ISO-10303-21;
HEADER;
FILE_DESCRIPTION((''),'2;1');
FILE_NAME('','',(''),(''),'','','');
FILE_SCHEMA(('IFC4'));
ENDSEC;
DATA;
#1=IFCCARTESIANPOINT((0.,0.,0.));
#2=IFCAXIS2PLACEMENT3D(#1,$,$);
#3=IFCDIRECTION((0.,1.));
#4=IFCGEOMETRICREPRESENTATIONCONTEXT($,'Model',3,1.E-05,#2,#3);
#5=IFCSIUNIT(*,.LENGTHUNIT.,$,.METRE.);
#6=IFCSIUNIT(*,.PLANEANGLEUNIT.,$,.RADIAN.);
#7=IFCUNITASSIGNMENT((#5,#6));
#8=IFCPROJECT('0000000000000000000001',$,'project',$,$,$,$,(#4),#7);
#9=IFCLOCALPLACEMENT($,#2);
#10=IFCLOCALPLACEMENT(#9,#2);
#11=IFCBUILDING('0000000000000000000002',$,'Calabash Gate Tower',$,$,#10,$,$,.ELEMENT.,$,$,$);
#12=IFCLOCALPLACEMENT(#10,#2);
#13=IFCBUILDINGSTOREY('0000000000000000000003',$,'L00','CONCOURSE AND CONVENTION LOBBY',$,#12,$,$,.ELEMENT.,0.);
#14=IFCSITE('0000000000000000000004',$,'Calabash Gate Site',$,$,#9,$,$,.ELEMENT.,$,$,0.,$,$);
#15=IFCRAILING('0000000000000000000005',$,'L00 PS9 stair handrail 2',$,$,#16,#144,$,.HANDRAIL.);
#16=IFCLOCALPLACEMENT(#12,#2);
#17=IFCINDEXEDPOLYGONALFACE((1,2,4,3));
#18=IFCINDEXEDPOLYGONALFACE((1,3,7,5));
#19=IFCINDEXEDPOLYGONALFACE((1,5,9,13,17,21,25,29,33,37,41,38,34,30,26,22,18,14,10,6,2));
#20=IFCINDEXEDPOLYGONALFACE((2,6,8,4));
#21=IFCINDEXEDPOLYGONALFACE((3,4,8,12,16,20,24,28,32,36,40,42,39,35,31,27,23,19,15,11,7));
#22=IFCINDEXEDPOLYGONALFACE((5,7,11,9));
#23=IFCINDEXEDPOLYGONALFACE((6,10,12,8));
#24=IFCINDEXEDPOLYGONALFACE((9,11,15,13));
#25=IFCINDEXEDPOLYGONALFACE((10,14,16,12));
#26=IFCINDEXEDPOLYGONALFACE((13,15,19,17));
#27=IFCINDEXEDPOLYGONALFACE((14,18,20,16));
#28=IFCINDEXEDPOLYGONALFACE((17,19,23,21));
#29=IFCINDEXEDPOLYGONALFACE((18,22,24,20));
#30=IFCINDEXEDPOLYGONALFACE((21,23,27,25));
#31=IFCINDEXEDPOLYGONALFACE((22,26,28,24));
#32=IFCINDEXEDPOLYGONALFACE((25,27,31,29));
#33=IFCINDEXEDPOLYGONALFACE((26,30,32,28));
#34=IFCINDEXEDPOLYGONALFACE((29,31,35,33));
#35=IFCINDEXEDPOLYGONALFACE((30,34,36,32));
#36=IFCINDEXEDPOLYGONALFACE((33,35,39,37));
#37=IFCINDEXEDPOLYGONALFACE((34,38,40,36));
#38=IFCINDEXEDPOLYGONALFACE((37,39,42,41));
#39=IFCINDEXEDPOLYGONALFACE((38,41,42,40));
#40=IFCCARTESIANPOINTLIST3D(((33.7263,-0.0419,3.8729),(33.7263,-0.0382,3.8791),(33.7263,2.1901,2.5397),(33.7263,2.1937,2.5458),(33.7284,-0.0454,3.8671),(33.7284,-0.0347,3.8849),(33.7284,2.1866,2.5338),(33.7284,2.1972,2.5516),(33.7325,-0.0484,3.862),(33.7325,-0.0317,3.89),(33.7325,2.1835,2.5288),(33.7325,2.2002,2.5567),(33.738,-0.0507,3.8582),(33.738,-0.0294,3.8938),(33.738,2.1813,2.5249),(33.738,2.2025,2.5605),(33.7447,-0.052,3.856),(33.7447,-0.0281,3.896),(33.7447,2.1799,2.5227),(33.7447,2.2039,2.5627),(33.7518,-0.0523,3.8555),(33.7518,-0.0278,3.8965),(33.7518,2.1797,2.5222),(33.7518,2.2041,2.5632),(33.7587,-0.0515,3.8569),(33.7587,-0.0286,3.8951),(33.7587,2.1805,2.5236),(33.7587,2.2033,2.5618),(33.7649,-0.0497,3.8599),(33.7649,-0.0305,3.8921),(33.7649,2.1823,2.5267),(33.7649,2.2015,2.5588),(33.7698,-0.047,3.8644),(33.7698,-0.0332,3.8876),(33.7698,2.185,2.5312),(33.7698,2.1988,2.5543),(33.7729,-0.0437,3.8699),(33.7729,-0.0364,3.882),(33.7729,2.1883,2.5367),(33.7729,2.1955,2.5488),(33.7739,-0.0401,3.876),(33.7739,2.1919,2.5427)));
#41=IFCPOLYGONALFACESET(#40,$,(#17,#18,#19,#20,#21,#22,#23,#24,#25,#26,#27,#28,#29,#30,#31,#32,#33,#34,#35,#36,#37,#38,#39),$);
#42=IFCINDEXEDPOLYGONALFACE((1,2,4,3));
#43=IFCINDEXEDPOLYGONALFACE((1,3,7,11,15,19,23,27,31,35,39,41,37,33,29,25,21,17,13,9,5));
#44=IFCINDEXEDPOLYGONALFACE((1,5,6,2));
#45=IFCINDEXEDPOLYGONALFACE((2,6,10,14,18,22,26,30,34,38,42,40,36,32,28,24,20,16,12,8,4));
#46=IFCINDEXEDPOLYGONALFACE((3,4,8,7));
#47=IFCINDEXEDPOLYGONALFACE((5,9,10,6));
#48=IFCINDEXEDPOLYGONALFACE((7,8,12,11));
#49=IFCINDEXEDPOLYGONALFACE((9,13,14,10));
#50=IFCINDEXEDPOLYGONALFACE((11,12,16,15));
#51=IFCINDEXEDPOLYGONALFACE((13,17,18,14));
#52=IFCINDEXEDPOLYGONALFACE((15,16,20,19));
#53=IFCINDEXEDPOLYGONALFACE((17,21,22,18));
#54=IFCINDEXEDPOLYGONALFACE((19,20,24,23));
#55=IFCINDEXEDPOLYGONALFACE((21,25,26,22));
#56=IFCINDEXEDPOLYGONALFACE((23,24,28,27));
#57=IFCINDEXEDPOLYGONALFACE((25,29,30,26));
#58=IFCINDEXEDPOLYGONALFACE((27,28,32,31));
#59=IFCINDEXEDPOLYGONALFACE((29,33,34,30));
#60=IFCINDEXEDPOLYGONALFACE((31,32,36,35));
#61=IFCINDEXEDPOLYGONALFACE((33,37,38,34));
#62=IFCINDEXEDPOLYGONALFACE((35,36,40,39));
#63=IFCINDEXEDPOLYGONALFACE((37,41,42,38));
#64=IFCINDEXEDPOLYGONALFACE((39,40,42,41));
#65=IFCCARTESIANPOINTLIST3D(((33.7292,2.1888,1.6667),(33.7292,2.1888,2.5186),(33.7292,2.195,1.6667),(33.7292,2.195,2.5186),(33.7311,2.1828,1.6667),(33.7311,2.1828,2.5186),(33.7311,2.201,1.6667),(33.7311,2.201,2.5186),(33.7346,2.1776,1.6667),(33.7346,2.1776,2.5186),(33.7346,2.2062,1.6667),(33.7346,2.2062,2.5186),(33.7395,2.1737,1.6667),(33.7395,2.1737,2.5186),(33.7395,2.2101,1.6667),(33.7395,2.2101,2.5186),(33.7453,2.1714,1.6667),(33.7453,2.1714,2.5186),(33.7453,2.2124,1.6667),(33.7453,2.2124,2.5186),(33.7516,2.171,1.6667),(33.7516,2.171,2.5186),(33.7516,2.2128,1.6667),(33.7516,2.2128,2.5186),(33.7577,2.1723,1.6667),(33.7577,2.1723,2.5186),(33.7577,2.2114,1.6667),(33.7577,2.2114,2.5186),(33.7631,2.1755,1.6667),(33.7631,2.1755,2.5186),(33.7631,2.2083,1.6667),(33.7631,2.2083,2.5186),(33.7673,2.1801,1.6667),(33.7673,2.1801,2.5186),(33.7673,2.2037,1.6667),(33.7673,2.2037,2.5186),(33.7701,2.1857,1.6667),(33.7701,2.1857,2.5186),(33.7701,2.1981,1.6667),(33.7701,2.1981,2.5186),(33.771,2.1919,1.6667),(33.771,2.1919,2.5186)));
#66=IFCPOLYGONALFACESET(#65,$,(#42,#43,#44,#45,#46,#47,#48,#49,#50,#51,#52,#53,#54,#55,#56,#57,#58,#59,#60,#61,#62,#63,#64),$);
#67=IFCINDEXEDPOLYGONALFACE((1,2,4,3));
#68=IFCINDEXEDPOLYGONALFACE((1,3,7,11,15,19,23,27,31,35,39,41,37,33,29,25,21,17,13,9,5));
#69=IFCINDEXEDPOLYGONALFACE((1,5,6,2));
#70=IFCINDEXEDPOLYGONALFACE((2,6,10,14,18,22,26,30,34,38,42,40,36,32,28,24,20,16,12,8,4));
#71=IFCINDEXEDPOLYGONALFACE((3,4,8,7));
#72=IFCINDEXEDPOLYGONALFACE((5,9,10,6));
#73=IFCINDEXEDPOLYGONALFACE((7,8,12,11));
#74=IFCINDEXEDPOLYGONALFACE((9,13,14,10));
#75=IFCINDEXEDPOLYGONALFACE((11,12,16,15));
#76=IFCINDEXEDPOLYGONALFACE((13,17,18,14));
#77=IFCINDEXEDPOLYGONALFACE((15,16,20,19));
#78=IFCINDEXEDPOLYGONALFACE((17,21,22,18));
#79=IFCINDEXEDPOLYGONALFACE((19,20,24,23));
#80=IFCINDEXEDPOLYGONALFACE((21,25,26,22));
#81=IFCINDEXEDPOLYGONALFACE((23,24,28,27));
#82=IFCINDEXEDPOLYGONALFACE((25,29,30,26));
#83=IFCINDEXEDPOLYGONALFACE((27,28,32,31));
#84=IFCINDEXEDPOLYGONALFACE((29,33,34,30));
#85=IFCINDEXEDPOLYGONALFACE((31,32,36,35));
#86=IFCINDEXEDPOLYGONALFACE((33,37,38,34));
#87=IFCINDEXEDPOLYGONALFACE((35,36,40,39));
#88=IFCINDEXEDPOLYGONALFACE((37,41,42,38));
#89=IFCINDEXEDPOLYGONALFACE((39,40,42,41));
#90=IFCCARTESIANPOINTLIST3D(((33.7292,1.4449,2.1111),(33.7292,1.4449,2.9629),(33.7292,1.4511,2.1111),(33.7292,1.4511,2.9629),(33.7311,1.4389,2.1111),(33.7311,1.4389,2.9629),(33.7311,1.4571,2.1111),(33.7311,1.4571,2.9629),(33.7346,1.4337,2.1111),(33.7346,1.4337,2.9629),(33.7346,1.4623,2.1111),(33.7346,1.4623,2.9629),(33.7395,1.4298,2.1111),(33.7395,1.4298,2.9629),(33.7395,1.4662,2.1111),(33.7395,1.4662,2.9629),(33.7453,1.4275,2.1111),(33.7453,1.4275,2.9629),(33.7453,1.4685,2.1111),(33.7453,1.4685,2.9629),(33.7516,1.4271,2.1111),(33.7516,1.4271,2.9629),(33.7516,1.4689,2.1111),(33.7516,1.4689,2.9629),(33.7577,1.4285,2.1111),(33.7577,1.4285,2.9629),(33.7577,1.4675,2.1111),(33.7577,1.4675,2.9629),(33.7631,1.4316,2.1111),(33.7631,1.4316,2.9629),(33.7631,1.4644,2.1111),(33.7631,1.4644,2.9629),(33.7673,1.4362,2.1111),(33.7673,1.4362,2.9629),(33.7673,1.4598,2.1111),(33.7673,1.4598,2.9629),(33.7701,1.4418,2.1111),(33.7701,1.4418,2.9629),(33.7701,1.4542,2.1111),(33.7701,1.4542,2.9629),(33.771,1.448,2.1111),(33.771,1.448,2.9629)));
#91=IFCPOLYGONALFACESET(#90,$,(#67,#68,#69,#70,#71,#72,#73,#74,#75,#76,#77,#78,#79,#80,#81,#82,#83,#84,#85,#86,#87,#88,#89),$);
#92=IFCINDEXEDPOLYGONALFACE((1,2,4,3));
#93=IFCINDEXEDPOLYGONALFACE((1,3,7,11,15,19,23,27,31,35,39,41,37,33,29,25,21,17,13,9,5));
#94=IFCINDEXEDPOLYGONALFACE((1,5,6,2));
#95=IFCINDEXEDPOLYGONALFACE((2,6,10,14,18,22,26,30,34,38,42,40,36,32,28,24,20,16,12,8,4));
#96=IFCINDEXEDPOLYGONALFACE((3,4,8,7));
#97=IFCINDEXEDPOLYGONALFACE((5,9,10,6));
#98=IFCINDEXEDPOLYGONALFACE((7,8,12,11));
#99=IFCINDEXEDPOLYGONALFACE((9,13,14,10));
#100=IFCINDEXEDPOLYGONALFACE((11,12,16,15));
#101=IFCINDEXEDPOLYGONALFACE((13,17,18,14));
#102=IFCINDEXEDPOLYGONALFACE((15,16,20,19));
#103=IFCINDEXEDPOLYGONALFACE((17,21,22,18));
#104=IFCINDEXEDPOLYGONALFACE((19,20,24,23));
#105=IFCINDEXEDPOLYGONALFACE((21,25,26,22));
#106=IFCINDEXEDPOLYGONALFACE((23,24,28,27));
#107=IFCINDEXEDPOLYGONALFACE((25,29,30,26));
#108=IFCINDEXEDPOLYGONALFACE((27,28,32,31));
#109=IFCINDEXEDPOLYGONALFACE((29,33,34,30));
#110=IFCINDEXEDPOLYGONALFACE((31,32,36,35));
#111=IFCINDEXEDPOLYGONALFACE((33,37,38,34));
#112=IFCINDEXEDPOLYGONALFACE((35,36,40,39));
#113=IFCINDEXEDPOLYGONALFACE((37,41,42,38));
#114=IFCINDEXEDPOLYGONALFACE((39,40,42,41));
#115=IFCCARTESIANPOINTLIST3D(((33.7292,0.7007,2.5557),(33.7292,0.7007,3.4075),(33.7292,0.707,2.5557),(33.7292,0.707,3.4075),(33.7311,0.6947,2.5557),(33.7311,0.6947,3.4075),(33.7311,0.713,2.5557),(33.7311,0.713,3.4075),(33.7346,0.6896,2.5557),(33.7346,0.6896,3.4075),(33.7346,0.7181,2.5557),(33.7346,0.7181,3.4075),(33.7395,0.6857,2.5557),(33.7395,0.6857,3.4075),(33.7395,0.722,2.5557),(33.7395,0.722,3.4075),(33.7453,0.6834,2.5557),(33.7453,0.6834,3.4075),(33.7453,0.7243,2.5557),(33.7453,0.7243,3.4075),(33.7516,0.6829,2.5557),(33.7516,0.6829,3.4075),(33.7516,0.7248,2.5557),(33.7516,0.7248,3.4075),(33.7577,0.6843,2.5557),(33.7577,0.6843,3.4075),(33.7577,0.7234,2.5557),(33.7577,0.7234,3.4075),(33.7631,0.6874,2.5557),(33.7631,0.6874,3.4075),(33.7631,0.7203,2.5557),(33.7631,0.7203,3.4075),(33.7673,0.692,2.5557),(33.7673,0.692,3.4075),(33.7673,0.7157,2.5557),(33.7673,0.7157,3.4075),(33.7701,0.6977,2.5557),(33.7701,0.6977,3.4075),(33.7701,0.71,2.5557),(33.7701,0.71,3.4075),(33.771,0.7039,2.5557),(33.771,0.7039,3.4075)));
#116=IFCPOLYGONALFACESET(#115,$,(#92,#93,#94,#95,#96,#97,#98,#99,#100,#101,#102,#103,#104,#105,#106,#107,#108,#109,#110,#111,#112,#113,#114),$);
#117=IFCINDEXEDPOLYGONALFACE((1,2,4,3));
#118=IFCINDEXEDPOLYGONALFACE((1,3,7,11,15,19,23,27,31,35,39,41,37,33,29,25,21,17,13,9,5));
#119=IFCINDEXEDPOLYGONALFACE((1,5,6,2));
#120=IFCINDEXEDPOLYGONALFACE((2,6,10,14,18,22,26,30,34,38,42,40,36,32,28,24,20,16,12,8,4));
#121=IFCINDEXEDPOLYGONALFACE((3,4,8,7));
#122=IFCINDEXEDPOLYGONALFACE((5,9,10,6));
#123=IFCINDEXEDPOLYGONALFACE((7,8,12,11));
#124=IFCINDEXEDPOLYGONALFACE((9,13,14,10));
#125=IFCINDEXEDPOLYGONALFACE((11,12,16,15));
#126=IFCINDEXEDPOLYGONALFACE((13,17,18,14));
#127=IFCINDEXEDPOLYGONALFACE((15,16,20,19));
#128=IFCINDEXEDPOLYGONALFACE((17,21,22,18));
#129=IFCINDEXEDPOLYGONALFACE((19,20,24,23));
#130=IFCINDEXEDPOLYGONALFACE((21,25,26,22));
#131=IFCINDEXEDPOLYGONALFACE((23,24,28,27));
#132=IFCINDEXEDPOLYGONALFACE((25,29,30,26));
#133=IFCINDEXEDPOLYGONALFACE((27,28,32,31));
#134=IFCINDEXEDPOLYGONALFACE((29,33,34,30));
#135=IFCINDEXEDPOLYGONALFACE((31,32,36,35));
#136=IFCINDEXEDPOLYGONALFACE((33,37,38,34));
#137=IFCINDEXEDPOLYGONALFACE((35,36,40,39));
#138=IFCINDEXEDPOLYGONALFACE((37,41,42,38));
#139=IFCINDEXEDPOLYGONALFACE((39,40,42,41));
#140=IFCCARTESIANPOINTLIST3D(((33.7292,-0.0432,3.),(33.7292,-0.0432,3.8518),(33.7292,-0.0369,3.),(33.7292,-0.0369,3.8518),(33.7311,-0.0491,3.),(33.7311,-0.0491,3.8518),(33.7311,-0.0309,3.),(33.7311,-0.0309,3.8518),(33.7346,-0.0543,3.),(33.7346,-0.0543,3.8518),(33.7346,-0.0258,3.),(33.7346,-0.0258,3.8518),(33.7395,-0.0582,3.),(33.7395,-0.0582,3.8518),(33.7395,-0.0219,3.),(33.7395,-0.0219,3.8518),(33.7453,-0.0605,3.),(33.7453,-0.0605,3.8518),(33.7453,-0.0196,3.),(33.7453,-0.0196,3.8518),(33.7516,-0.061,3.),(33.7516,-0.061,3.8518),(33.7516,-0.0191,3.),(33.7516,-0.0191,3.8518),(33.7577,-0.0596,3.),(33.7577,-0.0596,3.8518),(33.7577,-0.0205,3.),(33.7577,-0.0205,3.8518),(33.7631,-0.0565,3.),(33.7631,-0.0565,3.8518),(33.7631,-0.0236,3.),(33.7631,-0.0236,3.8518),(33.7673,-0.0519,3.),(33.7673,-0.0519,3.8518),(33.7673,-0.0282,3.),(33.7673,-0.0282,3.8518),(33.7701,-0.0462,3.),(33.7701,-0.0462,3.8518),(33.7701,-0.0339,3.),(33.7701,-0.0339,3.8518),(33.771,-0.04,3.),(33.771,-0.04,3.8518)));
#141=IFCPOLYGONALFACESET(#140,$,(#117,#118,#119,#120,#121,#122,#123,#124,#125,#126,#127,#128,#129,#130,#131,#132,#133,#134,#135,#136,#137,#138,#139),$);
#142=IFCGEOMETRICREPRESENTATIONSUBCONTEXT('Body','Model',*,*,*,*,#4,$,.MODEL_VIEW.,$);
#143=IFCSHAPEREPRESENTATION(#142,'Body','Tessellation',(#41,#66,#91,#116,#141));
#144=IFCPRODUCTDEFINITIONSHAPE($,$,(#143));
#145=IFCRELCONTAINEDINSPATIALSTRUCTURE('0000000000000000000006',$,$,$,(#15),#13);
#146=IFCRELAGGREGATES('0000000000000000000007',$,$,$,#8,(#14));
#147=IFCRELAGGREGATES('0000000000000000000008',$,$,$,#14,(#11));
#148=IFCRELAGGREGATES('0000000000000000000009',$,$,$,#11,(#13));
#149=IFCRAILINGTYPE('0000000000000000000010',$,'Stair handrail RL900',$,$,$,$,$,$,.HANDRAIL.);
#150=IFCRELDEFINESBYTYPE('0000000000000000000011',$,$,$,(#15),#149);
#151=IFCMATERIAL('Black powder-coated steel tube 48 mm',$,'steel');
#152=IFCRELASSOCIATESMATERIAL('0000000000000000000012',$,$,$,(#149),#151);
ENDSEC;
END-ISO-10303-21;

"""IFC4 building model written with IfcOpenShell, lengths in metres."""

from ifc_helpers import new_model, si_unit, direction, frame, origin, origin_2d, place, context, subcontext, project, spatial, circle, extrude, material, type_object, element, save


model = new_model("IFC4")

# Units and contexts
model_context = context("Model", 3, precision=1e-05, world=origin(), true_north=direction((0.0, 1.0)))
body_context = subcontext(model_context, "Body", "Model", "MODEL_VIEW")
ifc_project = project(units=[si_unit("LENGTHUNIT", "METRE"), si_unit("PLANEANGLEUNIT", "RADIAN")], contexts=[model_context])

# Site, building, storey
site_placement = place(None, origin())
site = spatial("IfcSite", under=ifc_project, at=site_placement, Name="Calabash Gate Site", CompositionType="ELEMENT", RefElevation=0.0)
building_placement = place(site_placement, origin())
building = spatial("IfcBuilding", under=site, at=building_placement, Name="Calabash Gate Tower", CompositionType="ELEMENT")
storey_placement = place(building_placement, origin())
storey = spatial("IfcBuildingStorey", under=building, at=storey_placement, Name="L00", Description="CONCOURSE AND CONVENTION LOBBY", CompositionType="ELEMENT", Elevation=0.0)

# Railing
ifc_material_1 = material(Name="Black powder-coated steel tube 48 mm", Category="steel")
railing_type_1 = type_object("IfcRailingType", Name="Stair handrail RL900", PredefinedType="HANDRAIL", material=ifc_material_1)
railing_1_placement = place(storey_placement, frame((33.75, 2.1919, 1.6667)))
element("IfcRailing", 1, at=railing_1_placement, inside=storey, type_object=railing_type_1, Name="L00 PS9 stair handrail 2", PredefinedType="HANDRAIL", context=body_context, shape_type="SweptSolid", body=[
    extrude(circle(Radius=0.0239, at=origin_2d()), frame((0.0, 0.0, 0.876), z_axis=(0.0, -0.858494, 0.512824), x_axis=(1.0, 0.0, 0.0)), (0.0, 0.0, 1.0), 2.5999),
    extrude(circle(Radius=0.021, at=origin_2d()), origin(), (0.0, 0.0, 1.0), 0.8518),
    extrude(circle(Radius=0.021, at=origin_2d()), frame((0.0, -0.7439, 0.4443)), (0.0, 0.0, 1.0), 0.8518),
    extrude(circle(Radius=0.021, at=origin_2d()), frame((0.0, -1.488, 0.8889)), (0.0, 0.0, 1.0), 0.8518),
    extrude(circle(Radius=0.021, at=origin_2d()), frame((0.0, -2.2319, 1.3333)), (0.0, 0.0, 1.0), 0.8518),
])

save(model, "model.ifc")
